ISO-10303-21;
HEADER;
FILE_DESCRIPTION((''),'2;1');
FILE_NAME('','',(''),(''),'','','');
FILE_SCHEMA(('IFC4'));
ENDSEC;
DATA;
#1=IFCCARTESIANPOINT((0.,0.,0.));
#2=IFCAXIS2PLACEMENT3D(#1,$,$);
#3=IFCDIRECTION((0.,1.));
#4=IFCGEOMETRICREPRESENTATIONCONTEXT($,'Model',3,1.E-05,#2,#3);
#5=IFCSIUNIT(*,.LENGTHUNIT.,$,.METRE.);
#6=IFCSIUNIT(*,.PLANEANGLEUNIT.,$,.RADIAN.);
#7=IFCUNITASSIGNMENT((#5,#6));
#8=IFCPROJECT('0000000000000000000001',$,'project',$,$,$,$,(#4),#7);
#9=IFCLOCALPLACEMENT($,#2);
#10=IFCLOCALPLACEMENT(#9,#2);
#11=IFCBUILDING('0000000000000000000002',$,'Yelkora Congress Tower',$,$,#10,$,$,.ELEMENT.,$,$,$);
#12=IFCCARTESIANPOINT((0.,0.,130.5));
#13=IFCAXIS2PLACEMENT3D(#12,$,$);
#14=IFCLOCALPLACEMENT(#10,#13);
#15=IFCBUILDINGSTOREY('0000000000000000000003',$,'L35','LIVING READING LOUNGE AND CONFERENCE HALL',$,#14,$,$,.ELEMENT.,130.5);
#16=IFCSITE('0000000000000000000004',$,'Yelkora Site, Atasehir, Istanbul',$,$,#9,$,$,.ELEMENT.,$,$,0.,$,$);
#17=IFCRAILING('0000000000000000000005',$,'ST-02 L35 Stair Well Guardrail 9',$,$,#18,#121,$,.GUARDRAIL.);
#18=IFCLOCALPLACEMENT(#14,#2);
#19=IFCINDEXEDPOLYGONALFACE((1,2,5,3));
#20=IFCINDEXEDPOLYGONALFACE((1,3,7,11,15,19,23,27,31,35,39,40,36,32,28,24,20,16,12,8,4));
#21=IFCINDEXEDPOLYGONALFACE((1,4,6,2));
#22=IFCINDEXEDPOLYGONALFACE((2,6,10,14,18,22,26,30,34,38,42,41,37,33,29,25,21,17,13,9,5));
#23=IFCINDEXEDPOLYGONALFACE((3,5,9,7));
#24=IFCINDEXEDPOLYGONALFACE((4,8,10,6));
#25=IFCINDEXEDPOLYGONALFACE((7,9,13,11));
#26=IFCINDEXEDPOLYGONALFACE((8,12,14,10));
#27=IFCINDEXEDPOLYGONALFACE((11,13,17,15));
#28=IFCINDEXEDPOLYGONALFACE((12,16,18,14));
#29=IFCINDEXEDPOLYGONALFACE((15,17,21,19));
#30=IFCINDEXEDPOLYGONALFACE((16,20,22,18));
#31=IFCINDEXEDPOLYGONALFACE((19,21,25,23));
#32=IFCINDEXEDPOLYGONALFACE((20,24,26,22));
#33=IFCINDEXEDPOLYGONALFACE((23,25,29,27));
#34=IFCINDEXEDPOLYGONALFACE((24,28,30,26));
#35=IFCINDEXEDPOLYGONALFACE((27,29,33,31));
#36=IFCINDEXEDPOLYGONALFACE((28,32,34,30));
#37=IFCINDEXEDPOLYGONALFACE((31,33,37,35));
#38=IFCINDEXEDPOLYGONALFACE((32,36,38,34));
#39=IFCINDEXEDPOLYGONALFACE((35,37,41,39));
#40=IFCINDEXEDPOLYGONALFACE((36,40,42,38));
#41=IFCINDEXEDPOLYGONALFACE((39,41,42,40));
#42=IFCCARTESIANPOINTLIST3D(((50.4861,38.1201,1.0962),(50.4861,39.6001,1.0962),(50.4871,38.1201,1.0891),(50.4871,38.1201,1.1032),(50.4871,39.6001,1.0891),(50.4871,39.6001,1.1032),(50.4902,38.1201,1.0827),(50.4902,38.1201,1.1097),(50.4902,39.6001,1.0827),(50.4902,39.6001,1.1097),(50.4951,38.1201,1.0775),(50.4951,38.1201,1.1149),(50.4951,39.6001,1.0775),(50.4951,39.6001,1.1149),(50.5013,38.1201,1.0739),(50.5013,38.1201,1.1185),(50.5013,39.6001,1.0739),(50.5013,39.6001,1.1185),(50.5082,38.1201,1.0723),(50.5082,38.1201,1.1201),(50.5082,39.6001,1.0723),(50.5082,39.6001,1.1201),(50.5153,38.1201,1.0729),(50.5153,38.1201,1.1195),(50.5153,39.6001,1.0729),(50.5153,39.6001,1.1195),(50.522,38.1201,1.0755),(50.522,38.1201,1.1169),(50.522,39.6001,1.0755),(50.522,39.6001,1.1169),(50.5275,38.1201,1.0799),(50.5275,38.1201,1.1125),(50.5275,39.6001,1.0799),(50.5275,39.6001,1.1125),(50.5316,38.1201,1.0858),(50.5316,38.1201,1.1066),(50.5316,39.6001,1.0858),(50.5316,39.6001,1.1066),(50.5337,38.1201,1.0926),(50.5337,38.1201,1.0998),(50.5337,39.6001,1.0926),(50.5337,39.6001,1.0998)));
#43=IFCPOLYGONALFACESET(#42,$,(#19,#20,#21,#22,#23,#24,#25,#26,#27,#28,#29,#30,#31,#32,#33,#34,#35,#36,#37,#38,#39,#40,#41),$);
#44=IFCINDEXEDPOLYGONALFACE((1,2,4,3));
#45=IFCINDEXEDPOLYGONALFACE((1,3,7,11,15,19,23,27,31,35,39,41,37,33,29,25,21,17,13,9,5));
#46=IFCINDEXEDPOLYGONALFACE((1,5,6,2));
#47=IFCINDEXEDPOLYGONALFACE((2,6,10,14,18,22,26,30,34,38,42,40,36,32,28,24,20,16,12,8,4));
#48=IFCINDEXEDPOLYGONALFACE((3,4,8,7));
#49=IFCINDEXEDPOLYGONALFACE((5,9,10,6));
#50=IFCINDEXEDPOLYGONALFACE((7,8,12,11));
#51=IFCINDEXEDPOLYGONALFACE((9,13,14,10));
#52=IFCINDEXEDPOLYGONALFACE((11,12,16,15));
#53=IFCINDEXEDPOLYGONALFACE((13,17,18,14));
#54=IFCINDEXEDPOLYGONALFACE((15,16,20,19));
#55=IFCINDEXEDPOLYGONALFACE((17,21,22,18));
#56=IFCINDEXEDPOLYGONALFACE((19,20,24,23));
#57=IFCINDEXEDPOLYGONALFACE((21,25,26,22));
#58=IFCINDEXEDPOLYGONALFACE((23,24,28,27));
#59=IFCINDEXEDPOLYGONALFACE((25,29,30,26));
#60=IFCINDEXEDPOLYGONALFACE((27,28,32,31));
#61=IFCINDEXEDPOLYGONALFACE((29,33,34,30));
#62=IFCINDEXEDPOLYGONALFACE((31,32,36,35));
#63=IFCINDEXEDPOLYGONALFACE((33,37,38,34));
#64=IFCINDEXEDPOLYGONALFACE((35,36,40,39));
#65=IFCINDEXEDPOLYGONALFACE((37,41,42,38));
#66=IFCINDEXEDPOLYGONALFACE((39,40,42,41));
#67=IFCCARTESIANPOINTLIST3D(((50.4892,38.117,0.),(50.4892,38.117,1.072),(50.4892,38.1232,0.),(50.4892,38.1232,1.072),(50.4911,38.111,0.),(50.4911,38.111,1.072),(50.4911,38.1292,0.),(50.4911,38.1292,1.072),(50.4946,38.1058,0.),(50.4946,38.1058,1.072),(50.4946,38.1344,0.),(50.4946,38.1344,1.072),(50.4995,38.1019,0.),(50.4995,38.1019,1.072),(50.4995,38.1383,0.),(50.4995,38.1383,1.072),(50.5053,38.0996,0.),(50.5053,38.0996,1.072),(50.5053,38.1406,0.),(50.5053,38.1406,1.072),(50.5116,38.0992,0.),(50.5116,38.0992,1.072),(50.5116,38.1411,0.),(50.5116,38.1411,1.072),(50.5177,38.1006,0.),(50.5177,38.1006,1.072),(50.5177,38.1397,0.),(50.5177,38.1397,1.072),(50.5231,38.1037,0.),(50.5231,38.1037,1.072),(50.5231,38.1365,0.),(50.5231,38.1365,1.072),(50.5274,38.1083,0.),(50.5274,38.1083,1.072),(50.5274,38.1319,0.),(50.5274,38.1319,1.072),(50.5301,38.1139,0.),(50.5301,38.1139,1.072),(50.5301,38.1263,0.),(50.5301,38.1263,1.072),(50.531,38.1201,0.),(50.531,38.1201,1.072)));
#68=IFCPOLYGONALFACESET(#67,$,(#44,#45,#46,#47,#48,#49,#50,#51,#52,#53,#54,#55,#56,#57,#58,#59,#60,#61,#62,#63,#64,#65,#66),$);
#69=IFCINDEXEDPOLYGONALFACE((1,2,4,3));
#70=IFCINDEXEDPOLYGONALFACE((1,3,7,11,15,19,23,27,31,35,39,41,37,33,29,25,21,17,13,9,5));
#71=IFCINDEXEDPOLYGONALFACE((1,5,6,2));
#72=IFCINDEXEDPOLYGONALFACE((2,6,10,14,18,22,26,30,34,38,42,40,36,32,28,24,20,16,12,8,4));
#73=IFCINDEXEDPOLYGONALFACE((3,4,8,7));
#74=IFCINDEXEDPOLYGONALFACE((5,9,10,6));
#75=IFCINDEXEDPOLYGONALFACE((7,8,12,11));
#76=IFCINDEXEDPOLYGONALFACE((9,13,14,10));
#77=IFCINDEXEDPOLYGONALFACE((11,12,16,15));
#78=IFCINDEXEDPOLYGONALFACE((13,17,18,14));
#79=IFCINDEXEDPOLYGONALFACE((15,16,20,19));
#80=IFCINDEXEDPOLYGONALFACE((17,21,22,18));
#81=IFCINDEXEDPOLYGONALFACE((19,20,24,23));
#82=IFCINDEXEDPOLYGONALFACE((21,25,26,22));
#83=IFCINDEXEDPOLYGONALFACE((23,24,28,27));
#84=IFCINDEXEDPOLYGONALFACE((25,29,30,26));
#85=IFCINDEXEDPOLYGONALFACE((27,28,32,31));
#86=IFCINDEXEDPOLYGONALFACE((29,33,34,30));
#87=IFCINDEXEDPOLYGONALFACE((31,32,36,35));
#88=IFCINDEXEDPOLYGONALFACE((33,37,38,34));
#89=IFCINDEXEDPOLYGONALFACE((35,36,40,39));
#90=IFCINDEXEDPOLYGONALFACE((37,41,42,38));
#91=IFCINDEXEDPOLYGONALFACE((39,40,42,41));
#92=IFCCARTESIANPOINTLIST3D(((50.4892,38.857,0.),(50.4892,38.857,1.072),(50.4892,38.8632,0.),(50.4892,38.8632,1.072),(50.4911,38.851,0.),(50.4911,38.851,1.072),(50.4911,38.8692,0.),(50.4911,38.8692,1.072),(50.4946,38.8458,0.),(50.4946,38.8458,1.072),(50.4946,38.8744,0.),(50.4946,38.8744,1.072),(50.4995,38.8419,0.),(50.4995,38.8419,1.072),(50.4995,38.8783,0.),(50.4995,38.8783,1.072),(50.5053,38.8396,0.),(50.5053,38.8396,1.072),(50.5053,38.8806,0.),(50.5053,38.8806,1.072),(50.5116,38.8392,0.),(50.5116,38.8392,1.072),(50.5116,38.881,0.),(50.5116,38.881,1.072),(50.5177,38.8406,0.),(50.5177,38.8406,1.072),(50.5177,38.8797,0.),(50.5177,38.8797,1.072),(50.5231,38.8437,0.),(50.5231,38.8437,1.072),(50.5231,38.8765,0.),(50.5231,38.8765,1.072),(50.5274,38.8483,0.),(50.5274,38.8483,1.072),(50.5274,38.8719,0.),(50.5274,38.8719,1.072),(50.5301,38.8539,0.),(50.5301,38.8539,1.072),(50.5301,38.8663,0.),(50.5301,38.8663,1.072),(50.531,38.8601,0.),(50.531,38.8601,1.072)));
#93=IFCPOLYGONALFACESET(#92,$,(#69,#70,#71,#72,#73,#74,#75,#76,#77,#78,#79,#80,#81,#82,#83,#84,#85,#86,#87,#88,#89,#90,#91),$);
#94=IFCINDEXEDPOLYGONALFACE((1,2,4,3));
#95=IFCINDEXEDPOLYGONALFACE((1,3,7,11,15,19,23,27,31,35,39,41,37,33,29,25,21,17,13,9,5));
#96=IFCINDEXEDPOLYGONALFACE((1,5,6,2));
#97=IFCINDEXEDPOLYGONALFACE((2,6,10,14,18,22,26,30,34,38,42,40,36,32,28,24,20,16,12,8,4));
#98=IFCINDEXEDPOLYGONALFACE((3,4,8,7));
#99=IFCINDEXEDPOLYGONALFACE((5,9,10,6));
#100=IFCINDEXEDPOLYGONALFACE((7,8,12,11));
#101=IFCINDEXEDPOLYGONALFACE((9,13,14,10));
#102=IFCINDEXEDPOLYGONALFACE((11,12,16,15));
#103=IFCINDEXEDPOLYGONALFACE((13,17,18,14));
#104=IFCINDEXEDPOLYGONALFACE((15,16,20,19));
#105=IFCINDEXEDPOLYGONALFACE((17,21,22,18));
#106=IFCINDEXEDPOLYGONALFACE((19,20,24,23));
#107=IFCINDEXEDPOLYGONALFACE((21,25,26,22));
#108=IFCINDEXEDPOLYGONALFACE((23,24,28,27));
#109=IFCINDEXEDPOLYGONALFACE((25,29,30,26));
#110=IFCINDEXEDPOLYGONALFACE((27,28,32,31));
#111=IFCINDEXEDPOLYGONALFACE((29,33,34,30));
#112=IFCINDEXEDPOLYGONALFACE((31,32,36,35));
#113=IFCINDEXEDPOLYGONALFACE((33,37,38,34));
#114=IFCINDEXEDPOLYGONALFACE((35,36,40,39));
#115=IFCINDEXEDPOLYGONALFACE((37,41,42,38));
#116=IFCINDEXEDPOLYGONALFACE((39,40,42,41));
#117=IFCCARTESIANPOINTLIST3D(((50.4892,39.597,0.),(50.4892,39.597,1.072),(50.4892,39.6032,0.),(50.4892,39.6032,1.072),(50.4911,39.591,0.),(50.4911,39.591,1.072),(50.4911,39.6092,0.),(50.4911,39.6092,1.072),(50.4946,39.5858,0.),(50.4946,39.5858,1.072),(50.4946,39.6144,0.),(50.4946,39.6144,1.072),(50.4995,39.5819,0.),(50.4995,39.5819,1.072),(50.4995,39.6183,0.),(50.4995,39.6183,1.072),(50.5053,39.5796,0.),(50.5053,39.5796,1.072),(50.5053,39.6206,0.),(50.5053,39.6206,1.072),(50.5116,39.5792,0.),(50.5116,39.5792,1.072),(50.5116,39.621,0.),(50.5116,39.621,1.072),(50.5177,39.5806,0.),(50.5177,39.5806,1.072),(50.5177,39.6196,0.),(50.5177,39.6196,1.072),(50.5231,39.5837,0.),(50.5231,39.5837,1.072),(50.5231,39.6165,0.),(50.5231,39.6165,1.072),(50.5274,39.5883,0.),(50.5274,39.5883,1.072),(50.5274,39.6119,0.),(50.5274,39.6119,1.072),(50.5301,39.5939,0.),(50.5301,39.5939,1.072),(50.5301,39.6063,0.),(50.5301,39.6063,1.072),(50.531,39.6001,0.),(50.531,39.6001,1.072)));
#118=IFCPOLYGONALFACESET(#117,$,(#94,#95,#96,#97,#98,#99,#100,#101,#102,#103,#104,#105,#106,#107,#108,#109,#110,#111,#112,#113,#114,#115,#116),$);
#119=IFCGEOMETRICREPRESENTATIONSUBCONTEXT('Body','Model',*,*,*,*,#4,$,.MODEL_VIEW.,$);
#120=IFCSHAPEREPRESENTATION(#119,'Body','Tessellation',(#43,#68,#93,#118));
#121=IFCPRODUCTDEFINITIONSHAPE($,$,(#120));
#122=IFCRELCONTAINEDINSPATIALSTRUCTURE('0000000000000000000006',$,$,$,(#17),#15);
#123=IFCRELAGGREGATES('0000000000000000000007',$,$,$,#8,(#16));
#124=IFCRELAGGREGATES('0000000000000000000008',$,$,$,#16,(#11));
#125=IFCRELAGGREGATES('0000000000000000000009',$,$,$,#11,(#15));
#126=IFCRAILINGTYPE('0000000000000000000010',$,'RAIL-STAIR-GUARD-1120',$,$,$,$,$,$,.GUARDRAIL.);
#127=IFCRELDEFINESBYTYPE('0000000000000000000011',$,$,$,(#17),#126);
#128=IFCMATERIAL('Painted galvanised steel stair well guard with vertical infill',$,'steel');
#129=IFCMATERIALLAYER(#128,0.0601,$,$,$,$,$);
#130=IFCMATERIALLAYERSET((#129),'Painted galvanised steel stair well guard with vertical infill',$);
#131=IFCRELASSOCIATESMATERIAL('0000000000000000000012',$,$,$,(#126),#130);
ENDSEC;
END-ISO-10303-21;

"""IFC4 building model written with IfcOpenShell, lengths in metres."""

from ifc_helpers import new_model, si_unit, direction, frame, origin, origin_2d, place, context, subcontext, project, spatial, circle, extrude, material, layer, layer_set, type_object, element, save


model = new_model("IFC4")

# Units and contexts
model_context = context("Model", 3, precision=1e-05, world=origin(), true_north=direction((0.0, 1.0)))
body_context = subcontext(model_context, "Body", "Model", "MODEL_VIEW")
ifc_project = project(units=[si_unit("LENGTHUNIT", "METRE"), si_unit("PLANEANGLEUNIT", "RADIAN")], contexts=[model_context])

# Site, building, storey
site_placement = place(None, origin())
site = spatial("IfcSite", under=ifc_project, at=site_placement, Name="Yelkora Site, Atasehir, Istanbul", CompositionType="ELEMENT", RefElevation=0.0)
building_placement = place(site_placement, origin())
building = spatial("IfcBuilding", under=site, at=building_placement, Name="Yelkora Congress Tower", CompositionType="ELEMENT")
storey_placement = place(building_placement, frame((0.0, 0.0, 130.5)))
storey = spatial("IfcBuildingStorey", under=building, at=storey_placement, Name="L35", Description="LIVING READING LOUNGE AND CONFERENCE HALL", CompositionType="ELEMENT", Elevation=130.5)

# Railing
ifc_material_1 = material(Name="Painted galvanised steel stair well guard with vertical infill", Category="steel")
ifc_layer_1 = layer(ifc_material_1, 0.0601)
ifc_layer_set_1 = layer_set([ifc_layer_1], Name="Painted galvanised steel stair well guard with vertical infill")
railing_type_1 = type_object("IfcRailingType", Name="RAIL-STAIR-GUARD-1120", PredefinedType="GUARDRAIL", material=ifc_layer_set_1)
for number, where, name in (
    (1, (50.51, 38.1201, 0.0), "ST-02 L35 Stair Well Guardrail 9"),
):
    element("IfcRailing", number, at=place(storey_placement, frame(where)), inside=storey, type_object=railing_type_1, Name=name, PredefinedType="GUARDRAIL", context=body_context, shape_type="SweptSolid", body=[
        extrude(circle(Radius=0.0239, at=origin_2d()), frame((0.0, 0.0, 1.0962), z_axis=(0.0, 1.0, 0.0), x_axis=(-1.0, 0.0, 0.0)), (0.0, 0.0, 1.0), 1.48),
        extrude(circle(Radius=0.021, at=origin_2d()), origin(), (0.0, 0.0, 1.0), 1.072),
        extrude(circle(Radius=0.021, at=origin_2d()), frame((0.0, 0.74, 0.0)), (0.0, 0.0, 1.0), 1.072),
        extrude(circle(Radius=0.021, at=origin_2d()), frame((0.0, 1.48, 0.0)), (0.0, 0.0, 1.0), 1.072),
    ])

save(model, "model.ifc")
